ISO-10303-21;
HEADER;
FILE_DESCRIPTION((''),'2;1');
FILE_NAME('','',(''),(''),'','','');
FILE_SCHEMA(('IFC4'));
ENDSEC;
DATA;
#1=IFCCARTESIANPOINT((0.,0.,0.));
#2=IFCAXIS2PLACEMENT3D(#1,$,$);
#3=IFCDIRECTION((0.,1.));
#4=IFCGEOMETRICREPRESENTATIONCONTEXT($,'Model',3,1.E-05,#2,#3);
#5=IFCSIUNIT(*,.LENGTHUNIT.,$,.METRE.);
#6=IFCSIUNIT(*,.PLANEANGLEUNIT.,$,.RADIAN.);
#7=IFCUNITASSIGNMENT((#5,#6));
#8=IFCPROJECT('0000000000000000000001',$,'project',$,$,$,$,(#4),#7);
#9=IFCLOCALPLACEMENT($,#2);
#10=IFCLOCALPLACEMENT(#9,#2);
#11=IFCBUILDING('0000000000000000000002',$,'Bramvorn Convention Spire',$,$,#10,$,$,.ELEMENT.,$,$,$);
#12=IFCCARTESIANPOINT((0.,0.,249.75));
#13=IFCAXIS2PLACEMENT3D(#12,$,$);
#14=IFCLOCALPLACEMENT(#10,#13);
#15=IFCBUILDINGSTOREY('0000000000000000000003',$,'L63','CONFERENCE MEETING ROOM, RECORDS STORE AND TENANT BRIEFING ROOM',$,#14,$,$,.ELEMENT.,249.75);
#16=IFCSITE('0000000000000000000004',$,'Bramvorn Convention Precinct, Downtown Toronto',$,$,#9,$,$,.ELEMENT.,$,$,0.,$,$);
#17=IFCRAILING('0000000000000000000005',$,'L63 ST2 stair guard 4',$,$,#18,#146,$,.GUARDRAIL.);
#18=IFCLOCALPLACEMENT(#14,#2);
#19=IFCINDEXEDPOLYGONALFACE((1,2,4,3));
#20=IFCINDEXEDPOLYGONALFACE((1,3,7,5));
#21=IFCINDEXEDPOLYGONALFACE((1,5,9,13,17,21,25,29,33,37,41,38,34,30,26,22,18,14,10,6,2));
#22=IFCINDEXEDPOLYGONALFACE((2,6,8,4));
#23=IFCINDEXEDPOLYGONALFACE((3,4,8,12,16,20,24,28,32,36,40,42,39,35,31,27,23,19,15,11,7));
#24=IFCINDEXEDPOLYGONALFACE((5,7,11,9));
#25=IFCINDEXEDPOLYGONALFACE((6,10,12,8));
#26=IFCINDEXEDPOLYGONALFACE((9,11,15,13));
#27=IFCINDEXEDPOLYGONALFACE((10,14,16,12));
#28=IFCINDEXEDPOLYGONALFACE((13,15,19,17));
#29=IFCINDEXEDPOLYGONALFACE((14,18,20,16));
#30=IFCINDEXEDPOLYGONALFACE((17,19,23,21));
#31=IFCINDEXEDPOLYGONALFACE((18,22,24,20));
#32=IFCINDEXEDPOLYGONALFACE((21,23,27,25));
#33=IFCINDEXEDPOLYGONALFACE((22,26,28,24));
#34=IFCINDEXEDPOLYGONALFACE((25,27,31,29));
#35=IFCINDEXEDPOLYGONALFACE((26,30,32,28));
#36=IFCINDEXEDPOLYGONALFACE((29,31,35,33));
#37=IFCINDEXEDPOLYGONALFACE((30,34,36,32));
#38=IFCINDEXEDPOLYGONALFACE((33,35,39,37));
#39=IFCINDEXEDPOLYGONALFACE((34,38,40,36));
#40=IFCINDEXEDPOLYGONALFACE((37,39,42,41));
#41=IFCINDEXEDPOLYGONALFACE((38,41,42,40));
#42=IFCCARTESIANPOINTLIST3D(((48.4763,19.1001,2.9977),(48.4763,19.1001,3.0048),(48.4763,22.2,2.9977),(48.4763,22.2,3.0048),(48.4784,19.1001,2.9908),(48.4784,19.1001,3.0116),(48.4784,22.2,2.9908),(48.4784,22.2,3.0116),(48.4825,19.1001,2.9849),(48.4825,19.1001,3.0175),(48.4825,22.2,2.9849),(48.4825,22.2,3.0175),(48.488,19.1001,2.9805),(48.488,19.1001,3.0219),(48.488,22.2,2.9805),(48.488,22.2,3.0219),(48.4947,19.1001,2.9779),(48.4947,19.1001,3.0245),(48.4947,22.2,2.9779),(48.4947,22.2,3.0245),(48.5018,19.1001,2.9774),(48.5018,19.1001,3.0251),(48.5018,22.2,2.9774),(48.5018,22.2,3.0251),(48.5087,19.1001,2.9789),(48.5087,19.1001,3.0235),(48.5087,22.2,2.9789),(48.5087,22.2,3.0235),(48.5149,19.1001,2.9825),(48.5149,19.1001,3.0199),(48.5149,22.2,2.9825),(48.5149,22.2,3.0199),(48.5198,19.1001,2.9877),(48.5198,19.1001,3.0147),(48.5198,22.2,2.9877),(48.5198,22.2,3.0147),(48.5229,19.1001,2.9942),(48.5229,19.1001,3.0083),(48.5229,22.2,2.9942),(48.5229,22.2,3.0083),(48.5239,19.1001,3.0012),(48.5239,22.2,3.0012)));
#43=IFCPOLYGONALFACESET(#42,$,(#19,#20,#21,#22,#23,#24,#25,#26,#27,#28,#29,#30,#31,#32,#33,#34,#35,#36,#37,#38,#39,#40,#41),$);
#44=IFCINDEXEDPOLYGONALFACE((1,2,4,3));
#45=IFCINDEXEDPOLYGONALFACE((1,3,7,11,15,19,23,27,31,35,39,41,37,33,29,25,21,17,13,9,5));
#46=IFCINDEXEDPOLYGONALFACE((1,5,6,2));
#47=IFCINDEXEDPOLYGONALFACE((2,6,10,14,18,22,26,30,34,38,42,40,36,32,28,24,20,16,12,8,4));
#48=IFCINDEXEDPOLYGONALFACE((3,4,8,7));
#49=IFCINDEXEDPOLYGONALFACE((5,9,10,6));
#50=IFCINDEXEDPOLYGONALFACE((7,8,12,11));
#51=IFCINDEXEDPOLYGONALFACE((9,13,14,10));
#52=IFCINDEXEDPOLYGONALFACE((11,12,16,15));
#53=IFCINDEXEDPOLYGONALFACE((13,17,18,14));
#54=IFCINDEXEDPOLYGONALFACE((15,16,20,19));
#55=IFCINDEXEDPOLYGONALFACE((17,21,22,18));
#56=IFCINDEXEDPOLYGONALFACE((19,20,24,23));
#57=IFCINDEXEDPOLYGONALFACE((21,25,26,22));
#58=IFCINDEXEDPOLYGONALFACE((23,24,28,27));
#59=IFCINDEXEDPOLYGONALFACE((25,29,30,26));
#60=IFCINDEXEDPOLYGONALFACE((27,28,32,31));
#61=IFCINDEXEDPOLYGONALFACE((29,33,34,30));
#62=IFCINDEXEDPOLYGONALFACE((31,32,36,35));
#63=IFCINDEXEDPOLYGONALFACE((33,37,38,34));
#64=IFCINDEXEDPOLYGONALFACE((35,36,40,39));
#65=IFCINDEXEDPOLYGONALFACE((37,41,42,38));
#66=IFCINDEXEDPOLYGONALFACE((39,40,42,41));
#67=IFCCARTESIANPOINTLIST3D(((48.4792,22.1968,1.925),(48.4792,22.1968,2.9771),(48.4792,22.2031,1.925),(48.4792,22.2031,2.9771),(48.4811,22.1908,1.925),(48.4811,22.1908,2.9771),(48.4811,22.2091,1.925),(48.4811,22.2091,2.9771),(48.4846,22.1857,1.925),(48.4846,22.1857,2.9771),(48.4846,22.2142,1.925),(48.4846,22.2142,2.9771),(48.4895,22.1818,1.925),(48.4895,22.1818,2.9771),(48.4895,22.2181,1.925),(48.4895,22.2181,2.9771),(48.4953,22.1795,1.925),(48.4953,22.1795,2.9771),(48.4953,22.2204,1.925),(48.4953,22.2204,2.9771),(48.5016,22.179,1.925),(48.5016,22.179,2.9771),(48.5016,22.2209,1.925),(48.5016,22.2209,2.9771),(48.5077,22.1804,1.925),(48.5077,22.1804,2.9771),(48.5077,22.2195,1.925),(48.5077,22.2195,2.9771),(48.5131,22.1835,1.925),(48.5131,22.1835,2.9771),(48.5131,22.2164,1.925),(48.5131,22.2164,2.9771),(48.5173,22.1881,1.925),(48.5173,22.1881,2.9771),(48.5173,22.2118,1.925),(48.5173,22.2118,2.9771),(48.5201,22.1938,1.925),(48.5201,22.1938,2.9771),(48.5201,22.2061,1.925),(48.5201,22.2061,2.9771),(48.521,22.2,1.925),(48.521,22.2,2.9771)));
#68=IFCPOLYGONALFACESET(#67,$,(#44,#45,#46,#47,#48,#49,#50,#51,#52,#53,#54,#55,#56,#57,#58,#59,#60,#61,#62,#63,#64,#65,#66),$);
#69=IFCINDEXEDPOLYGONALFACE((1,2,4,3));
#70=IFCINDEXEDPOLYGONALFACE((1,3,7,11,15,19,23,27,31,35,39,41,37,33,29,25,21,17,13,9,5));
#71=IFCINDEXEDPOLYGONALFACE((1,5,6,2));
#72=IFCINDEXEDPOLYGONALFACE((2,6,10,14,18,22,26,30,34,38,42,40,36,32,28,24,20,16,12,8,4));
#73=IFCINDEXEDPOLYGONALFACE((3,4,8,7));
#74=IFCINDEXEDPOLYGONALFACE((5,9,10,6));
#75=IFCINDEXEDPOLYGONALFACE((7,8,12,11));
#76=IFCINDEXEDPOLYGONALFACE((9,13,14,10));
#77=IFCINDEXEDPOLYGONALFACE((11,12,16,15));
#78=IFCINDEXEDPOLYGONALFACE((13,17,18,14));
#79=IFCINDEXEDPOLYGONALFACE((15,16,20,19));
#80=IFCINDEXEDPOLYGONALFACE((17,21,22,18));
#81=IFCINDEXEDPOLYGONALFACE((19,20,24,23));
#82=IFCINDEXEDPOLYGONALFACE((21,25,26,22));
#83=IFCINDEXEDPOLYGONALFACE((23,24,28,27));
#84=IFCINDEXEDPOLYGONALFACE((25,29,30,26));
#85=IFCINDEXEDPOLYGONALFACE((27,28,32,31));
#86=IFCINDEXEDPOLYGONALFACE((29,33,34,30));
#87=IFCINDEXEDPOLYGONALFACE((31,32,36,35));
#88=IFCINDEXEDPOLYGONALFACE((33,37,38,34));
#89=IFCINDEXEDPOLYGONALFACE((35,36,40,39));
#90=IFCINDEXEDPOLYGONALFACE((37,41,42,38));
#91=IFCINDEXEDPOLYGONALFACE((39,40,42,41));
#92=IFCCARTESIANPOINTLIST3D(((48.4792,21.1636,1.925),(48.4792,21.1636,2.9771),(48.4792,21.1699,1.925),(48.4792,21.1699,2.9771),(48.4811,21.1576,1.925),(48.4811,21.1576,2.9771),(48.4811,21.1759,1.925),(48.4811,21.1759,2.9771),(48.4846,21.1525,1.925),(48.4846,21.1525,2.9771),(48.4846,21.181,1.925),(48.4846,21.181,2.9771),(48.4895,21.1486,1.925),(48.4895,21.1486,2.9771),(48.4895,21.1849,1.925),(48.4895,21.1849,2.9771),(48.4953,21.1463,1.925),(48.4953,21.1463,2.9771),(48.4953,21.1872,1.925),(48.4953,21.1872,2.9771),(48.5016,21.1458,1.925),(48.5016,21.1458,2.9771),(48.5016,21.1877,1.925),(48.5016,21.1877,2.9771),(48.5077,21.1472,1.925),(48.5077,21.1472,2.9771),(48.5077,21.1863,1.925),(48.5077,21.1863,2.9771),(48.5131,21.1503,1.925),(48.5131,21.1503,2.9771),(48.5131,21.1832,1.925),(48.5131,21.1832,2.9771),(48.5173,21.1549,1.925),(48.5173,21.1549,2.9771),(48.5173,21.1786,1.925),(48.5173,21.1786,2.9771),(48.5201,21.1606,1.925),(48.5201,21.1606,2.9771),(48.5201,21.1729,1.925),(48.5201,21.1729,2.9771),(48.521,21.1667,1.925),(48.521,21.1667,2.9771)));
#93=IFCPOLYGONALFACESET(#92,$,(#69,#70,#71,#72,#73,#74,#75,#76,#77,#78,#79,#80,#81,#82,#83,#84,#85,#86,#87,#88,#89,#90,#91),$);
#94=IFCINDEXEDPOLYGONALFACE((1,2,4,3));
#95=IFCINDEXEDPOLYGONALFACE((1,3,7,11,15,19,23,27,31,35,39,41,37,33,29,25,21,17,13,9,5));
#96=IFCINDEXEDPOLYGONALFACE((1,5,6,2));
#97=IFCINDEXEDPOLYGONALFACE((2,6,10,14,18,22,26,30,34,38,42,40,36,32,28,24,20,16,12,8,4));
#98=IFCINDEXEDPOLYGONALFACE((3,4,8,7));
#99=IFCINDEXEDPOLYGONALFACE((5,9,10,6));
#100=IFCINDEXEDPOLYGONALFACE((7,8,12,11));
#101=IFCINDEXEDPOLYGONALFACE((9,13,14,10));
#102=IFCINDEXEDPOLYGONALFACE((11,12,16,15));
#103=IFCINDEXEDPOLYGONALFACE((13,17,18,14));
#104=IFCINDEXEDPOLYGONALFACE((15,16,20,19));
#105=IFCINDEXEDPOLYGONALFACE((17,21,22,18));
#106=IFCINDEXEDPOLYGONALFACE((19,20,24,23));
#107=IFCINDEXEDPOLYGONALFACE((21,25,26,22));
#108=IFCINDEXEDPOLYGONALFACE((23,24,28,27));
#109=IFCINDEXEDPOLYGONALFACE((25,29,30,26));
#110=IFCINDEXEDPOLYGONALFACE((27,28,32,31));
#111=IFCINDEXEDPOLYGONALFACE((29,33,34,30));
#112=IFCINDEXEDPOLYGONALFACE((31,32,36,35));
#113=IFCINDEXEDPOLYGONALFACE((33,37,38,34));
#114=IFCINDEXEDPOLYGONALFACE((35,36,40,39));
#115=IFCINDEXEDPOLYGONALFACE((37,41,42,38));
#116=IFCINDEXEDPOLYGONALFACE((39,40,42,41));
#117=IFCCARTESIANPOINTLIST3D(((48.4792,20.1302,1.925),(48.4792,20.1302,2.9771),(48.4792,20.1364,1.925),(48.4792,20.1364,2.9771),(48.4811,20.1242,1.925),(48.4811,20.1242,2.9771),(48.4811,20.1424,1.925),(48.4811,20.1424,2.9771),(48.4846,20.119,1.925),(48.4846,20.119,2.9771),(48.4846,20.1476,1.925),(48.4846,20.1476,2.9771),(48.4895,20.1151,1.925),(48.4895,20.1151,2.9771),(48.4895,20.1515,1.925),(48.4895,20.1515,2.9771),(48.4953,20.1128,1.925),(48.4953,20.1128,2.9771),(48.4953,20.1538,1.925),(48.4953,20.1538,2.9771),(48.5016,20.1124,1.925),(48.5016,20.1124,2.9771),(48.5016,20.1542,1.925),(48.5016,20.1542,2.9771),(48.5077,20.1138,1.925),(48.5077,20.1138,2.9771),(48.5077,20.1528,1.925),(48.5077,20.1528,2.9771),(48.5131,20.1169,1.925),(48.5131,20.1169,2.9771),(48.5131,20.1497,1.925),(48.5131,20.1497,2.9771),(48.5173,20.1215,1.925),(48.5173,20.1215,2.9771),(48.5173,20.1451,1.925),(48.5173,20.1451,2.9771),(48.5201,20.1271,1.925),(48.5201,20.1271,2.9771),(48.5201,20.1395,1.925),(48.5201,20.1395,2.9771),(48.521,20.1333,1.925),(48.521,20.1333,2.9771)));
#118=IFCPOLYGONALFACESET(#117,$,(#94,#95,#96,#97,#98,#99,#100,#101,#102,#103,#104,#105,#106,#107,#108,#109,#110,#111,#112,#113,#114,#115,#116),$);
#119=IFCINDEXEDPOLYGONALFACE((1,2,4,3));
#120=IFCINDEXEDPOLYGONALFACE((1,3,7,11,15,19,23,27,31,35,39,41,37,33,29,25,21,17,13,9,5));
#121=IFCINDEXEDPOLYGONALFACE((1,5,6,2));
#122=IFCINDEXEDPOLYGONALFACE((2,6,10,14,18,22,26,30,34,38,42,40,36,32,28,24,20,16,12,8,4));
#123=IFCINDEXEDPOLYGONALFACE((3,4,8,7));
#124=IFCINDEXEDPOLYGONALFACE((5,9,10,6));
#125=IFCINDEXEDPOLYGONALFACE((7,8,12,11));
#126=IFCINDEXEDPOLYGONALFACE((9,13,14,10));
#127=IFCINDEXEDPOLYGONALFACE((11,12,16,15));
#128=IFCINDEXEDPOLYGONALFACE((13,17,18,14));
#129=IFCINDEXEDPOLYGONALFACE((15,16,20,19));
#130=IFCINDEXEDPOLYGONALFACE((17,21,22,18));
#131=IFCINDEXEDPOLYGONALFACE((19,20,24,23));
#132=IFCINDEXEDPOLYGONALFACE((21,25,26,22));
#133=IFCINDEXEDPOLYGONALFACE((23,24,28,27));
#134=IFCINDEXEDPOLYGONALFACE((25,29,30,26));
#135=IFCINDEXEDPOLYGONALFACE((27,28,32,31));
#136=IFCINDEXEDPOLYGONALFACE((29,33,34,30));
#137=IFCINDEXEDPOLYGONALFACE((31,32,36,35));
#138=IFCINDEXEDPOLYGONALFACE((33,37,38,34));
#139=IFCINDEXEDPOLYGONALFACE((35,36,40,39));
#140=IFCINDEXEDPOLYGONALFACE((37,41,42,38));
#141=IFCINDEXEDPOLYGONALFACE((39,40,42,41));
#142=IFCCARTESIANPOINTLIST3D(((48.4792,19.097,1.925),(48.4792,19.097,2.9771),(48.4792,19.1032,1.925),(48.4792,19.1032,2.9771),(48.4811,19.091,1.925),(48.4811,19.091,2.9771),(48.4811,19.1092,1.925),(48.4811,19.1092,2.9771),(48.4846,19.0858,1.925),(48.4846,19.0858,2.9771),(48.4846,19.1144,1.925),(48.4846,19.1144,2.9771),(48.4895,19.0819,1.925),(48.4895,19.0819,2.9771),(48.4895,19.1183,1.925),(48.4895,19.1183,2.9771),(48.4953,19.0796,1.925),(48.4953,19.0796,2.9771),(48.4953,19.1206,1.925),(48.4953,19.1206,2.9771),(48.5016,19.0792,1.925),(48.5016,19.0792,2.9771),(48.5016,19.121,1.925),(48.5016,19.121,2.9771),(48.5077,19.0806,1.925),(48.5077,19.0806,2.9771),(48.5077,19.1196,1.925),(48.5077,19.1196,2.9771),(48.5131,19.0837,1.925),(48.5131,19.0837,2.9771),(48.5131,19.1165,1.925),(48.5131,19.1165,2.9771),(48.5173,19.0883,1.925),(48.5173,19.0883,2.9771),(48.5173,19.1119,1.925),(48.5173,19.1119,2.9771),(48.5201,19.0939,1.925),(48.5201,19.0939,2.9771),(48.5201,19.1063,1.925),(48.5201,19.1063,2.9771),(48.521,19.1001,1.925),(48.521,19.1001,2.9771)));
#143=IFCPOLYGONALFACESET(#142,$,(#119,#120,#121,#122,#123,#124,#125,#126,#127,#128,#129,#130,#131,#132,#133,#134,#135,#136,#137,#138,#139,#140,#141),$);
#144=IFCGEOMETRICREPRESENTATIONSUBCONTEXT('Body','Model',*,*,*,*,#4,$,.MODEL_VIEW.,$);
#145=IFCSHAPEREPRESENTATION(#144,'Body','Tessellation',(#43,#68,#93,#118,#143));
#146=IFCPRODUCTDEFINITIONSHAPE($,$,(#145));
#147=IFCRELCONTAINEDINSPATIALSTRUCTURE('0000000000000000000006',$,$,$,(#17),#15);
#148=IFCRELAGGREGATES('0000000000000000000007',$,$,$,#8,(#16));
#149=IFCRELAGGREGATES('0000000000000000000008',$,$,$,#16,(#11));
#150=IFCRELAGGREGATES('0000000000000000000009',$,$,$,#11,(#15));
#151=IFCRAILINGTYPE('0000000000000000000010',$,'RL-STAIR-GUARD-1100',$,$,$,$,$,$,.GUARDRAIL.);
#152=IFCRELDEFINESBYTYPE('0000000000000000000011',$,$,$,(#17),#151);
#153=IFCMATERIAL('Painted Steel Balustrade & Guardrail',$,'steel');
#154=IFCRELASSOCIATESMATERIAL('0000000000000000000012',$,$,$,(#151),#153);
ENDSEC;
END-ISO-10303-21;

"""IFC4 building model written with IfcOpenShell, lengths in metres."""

from ifc_helpers import new_model, si_unit, direction, frame, origin, origin_2d, place, context, subcontext, project, spatial, circle, extrude, material, type_object, element, save


model = new_model("IFC4")

# Units and contexts
model_context = context("Model", 3, precision=1e-05, world=origin(), true_north=direction((0.0, 1.0)))
body_context = subcontext(model_context, "Body", "Model", "MODEL_VIEW")
ifc_project = project(units=[si_unit("LENGTHUNIT", "METRE"), si_unit("PLANEANGLEUNIT", "RADIAN")], contexts=[model_context])

# Site, building, storey
site_placement = place(None, origin())
site = spatial("IfcSite", under=ifc_project, at=site_placement, Name="Bramvorn Convention Precinct, Downtown Toronto", CompositionType="ELEMENT", RefElevation=0.0)
building_placement = place(site_placement, origin())
building = spatial("IfcBuilding", under=site, at=building_placement, Name="Bramvorn Convention Spire", CompositionType="ELEMENT")
storey_placement = place(building_placement, frame((0.0, 0.0, 249.75)))
storey = spatial("IfcBuildingStorey", under=building, at=storey_placement, Name="L63", Description="CONFERENCE MEETING ROOM, RECORDS STORE AND TENANT BRIEFING ROOM", CompositionType="ELEMENT", Elevation=249.75)

# Railing
ifc_material_1 = material(Name="Painted Steel Balustrade & Guardrail", Category="steel")
railing_type_1 = type_object("IfcRailingType", Name="RL-STAIR-GUARD-1100", PredefinedType="GUARDRAIL", material=ifc_material_1)
railing_1_placement = place(storey_placement, frame((48.5, 22.2, 1.925)))
element("IfcRailing", 1, at=railing_1_placement, inside=storey, type_object=railing_type_1, Name="L63 ST2 stair guard 4", PredefinedType="GUARDRAIL", context=body_context, shape_type="SweptSolid", body=[
    extrude(circle(Radius=0.0239, at=origin_2d()), frame((0.0, 0.0, 1.0762), z_axis=(0.0, -1.0, 0.0), x_axis=(1.0, 0.0, 0.0)), (0.0, 0.0, 1.0), 3.0999),
    extrude(circle(Radius=0.021, at=origin_2d()), origin(), (0.0, 0.0, 1.0), 1.052),
    extrude(circle(Radius=0.021, at=origin_2d()), frame((0.0, -1.0332, 0.0)), (0.0, 0.0, 1.0), 1.052),
    extrude(circle(Radius=0.021, at=origin_2d()), frame((0.0, -2.0667, 0.0)), (0.0, 0.0, 1.0), 1.052),
    extrude(circle(Radius=0.021, at=origin_2d()), frame((0.0, -3.0999, 0.0)), (0.0, 0.0, 1.0), 1.052),
])

save(model, "model.ifc")
